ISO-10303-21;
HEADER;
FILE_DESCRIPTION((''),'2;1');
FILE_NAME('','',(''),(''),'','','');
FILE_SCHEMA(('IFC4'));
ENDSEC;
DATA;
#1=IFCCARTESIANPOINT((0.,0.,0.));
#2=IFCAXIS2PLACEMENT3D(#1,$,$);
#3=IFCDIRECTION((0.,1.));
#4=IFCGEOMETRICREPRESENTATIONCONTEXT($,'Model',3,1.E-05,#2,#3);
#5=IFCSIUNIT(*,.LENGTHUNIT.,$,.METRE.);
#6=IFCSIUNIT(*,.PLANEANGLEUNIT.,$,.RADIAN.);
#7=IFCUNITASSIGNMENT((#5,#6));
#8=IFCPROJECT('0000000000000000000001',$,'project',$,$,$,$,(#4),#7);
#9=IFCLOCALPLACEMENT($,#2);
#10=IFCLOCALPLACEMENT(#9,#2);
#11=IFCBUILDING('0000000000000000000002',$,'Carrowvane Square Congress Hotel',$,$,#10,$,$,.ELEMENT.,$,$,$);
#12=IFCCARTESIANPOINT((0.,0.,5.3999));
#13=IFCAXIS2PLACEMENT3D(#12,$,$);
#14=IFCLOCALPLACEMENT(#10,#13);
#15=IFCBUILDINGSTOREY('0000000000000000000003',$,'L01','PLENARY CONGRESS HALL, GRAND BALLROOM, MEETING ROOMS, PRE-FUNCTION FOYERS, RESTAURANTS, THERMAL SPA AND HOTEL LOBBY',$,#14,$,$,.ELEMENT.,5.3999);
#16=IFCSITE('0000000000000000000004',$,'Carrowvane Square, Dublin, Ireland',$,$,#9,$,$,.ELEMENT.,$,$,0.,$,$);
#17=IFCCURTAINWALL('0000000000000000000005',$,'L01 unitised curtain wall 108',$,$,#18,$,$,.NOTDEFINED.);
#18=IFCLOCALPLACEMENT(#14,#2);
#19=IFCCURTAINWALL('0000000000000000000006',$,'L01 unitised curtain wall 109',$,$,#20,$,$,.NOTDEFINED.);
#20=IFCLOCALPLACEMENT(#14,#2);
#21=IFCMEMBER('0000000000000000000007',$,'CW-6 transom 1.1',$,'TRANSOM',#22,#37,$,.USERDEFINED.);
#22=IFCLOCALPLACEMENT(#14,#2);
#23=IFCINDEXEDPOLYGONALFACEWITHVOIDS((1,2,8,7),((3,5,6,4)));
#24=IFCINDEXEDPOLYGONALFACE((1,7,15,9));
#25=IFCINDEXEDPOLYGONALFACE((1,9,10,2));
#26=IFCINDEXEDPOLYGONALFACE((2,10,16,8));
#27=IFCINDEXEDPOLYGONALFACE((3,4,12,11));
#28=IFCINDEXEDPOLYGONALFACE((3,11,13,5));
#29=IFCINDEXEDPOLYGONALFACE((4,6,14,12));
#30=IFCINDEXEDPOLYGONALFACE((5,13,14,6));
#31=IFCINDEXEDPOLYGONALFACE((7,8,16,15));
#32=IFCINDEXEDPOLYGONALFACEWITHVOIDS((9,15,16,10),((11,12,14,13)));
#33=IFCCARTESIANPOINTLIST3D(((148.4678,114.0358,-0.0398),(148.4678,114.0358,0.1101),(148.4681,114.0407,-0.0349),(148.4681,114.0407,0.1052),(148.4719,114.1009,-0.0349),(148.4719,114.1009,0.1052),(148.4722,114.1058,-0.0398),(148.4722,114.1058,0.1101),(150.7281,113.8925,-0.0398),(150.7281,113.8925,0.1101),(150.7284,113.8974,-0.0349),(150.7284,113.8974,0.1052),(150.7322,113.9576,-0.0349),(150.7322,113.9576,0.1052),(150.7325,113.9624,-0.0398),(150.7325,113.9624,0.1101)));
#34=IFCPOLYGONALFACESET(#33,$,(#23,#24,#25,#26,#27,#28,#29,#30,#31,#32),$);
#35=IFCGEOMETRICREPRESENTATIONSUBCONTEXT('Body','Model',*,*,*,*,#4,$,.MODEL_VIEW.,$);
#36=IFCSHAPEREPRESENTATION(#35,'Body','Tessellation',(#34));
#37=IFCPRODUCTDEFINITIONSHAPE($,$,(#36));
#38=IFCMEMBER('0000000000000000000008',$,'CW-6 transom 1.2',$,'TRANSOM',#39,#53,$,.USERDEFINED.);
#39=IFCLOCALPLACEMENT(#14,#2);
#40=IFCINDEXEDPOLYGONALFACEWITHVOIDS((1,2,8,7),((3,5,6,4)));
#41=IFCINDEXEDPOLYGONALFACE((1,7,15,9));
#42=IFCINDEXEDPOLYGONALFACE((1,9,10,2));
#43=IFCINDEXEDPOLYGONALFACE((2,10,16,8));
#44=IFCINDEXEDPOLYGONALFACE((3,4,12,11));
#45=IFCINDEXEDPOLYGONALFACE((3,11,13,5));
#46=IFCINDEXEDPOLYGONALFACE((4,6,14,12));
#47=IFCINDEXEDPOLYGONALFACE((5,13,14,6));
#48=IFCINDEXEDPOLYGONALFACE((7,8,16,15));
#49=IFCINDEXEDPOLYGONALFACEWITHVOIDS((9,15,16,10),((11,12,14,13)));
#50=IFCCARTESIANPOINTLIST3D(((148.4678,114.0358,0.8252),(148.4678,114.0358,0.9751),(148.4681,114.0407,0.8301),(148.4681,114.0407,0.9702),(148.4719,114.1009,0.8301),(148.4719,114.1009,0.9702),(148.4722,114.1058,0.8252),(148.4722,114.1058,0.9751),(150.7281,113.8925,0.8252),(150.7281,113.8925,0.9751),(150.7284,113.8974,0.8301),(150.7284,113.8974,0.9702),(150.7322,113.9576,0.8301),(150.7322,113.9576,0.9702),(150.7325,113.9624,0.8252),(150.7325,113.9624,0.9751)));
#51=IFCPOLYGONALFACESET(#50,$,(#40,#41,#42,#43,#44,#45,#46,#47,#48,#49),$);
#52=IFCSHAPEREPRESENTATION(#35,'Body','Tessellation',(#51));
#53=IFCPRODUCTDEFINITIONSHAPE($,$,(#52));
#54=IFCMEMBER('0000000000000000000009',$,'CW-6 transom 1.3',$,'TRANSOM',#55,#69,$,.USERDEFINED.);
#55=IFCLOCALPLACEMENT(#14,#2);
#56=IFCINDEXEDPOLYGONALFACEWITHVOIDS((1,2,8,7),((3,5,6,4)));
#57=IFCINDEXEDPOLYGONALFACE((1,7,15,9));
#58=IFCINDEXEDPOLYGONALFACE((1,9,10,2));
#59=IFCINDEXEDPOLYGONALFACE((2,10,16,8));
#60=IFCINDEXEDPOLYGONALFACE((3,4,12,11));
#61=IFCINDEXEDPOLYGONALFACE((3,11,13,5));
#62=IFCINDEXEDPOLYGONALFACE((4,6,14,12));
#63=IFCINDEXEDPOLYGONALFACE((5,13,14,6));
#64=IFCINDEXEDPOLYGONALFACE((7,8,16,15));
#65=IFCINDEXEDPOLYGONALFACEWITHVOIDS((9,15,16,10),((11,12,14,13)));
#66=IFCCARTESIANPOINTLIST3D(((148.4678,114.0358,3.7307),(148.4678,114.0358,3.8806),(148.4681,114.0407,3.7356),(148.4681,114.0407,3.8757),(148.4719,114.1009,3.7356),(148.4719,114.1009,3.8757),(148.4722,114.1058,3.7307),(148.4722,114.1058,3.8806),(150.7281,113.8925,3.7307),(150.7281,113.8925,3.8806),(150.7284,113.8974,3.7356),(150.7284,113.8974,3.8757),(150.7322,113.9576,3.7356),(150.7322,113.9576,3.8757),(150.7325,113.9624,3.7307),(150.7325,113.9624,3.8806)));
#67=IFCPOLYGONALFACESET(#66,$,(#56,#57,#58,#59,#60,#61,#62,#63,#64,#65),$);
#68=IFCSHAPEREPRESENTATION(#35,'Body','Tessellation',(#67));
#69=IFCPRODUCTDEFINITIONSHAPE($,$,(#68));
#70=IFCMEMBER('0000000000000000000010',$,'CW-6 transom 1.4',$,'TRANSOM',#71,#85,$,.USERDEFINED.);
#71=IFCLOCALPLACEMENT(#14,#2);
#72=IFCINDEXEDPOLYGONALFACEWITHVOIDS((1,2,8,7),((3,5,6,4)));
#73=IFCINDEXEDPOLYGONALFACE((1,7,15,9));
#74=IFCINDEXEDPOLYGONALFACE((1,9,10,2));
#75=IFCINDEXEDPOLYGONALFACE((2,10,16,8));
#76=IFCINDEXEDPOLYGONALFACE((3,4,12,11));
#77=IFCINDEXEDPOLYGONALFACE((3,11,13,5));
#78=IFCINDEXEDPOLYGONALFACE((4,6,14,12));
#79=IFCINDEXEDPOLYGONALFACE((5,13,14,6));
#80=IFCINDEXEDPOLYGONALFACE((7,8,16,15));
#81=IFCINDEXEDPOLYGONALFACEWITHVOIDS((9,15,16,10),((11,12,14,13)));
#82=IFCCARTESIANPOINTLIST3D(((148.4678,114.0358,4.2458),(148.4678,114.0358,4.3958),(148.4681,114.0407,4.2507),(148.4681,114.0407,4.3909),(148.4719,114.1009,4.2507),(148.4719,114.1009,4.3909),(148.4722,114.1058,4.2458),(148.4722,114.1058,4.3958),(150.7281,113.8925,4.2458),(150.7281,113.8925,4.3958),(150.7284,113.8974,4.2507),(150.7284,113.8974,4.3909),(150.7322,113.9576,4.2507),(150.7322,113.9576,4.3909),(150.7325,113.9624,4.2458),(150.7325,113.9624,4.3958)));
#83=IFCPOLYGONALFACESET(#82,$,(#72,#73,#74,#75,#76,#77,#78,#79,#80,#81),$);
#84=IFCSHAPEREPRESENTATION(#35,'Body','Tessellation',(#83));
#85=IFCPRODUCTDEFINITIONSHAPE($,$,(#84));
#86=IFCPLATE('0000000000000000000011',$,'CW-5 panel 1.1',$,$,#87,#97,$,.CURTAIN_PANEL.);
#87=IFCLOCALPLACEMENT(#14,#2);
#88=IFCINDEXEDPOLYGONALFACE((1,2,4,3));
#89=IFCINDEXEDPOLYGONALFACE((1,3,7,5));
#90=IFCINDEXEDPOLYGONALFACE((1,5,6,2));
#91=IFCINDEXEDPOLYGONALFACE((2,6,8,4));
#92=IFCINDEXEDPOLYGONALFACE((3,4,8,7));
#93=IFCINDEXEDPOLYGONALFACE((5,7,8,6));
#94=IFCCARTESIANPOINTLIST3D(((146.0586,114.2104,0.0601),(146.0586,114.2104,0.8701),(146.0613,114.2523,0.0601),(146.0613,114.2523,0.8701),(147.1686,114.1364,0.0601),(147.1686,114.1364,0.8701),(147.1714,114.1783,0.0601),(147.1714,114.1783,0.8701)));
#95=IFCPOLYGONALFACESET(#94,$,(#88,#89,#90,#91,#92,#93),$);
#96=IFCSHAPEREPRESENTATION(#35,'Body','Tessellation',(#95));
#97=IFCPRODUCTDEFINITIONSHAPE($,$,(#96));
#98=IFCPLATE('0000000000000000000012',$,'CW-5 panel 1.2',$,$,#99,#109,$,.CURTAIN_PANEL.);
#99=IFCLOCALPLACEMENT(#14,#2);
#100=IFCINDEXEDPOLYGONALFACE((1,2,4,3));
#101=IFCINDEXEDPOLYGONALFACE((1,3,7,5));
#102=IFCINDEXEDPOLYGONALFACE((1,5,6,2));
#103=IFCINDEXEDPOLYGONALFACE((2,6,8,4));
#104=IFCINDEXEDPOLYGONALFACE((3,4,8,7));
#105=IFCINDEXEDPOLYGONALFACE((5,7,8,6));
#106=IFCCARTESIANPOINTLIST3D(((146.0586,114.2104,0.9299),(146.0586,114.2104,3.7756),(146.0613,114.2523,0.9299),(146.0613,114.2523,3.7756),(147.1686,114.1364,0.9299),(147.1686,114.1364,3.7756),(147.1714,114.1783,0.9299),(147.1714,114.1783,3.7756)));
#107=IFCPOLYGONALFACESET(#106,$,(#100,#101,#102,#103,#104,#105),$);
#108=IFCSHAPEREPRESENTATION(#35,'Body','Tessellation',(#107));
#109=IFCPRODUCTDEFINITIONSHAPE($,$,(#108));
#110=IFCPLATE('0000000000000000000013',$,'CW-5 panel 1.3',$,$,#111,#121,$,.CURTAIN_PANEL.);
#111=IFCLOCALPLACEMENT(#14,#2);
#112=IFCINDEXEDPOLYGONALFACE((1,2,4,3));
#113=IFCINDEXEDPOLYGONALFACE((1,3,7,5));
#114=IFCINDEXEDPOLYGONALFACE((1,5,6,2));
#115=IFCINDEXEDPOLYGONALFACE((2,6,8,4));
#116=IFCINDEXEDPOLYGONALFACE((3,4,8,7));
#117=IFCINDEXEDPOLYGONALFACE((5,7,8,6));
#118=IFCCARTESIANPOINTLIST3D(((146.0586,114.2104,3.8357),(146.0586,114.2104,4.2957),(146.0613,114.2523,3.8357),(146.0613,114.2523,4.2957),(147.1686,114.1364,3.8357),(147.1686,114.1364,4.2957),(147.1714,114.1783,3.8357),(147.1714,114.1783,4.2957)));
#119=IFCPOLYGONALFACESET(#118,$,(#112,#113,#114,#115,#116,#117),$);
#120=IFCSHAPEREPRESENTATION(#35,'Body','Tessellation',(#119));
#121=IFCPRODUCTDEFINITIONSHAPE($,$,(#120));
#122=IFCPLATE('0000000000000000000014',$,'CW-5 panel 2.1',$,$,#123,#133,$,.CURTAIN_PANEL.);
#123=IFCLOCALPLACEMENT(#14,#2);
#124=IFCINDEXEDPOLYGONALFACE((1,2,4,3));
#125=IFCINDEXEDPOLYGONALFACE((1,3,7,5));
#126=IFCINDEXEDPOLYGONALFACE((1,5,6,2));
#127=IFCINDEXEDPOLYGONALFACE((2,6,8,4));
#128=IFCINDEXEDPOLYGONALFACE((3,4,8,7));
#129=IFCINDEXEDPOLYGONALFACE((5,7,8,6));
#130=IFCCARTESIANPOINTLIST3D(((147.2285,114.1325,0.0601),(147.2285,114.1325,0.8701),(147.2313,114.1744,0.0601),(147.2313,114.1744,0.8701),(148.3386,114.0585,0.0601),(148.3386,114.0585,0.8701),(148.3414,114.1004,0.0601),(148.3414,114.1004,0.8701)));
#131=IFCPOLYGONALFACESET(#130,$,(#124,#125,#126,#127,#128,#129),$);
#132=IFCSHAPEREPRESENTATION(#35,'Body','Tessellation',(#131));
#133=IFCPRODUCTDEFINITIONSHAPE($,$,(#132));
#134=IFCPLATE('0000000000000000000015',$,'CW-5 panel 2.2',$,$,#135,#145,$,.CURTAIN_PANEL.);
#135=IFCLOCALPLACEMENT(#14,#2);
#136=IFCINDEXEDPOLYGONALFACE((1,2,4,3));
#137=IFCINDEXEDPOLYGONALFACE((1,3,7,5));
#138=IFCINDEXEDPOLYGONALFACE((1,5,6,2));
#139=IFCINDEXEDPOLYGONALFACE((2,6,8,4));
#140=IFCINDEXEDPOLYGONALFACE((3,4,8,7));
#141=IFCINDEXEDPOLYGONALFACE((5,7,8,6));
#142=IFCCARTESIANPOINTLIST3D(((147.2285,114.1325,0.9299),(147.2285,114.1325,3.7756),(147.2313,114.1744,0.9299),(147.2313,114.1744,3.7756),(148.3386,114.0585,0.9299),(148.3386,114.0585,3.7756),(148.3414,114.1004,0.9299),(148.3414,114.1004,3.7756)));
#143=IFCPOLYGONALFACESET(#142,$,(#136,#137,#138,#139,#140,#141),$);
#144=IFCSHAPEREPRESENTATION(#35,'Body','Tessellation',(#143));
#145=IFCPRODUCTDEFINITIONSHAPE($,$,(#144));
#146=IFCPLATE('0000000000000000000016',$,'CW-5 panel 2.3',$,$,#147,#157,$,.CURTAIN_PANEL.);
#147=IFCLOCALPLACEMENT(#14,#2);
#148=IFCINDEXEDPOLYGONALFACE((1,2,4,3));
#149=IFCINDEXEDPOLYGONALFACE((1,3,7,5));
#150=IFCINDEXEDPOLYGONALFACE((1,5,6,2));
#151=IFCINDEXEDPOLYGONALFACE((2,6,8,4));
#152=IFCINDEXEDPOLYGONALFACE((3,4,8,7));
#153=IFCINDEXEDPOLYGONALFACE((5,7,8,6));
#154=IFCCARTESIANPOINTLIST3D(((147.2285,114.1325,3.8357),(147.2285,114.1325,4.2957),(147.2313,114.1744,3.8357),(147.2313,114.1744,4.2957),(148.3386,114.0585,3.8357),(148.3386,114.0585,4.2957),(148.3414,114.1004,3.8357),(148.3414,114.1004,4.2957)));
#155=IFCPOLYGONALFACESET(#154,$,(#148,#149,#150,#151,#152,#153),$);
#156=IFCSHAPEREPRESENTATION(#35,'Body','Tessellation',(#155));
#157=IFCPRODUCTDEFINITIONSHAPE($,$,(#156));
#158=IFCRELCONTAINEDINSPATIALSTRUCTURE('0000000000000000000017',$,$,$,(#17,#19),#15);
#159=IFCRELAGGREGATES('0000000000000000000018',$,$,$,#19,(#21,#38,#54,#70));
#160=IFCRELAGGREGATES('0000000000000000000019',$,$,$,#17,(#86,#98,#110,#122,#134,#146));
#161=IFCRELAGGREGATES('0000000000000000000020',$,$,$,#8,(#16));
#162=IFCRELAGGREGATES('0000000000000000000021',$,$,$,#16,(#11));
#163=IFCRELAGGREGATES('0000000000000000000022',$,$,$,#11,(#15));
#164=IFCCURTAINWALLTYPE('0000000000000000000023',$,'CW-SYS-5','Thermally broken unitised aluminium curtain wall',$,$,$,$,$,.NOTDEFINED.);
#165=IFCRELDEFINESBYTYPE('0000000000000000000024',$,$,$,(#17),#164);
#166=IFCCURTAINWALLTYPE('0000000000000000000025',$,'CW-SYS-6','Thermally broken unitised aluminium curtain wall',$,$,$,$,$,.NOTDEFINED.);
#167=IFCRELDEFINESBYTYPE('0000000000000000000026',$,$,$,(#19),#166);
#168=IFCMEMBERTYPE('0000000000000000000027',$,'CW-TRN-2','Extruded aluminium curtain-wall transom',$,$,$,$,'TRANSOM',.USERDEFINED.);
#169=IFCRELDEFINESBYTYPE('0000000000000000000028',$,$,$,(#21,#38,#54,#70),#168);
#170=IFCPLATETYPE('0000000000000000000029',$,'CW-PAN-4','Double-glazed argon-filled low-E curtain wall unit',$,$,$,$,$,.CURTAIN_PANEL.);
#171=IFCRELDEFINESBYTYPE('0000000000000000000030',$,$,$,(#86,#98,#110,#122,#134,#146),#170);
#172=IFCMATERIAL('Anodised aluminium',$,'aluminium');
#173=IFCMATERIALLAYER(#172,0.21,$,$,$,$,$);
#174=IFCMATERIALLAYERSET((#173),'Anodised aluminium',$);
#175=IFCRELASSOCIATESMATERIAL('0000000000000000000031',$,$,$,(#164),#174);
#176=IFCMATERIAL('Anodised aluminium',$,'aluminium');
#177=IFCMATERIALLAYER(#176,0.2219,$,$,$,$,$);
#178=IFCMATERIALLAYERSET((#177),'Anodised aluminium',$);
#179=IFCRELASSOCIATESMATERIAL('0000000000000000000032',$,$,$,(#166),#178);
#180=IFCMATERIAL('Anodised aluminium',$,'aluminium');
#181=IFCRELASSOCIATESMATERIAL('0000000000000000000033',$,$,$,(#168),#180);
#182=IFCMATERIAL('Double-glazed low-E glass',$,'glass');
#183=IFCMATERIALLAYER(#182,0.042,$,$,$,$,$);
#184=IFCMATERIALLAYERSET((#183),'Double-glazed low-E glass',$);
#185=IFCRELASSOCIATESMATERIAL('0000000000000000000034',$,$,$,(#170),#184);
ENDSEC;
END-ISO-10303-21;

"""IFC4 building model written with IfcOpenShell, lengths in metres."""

from ifc_helpers import new_model, si_unit, direction, frame, origin, origin_2d, place, context, subcontext, project, spatial, rectangle, hollow_rectangle, extrude, material, layer, layer_set, material_profile, profile_set, type_object, element, aggregate, save


model = new_model("IFC4")

# Units and contexts
model_context = context("Model", 3, precision=1e-05, world=origin(), true_north=direction((0.0, 1.0)))
body_context = subcontext(model_context, "Body", "Model", "MODEL_VIEW")
ifc_project = project(units=[si_unit("LENGTHUNIT", "METRE"), si_unit("PLANEANGLEUNIT", "RADIAN")], contexts=[model_context])

# Site, building, storey
site_placement = place(None, origin())
site = spatial("IfcSite", under=ifc_project, at=site_placement, Name="Carrowvane Square, Dublin, Ireland", CompositionType="ELEMENT", RefElevation=0.0)
building_placement = place(site_placement, origin())
building = spatial("IfcBuilding", under=site, at=building_placement, Name="Carrowvane Square Congress Hotel", CompositionType="ELEMENT")
storey_placement = place(building_placement, frame((0.0, 0.0, 5.3999)))
storey = spatial("IfcBuildingStorey", under=building, at=storey_placement, Name="L01", Description="PLENARY CONGRESS HALL, GRAND BALLROOM, MEETING ROOMS, PRE-FUNCTION FOYERS, RESTAURANTS, THERMAL SPA AND HOTEL LOBBY", CompositionType="ELEMENT", Elevation=5.3999)

# Curtain wall
ifc_material_1 = material(Name="Anodised aluminium", Category="aluminium")
ifc_layer_1 = layer(ifc_material_1, 0.21)
ifc_layer_set_1 = layer_set([ifc_layer_1], Name="Anodised aluminium")
curtain_wall_type_1 = type_object("IfcCurtainWallType", Name="CW-SYS-5", Description="Thermally broken unitised aluminium curtain wall", PredefinedType="NOTDEFINED", material=ifc_layer_set_1)
curtain_wall_1_placement = place(storey_placement, origin())
curtain_wall_1 = element("IfcCurtainWall", 1, at=curtain_wall_1_placement, inside=storey, type_object=curtain_wall_type_1, Name="L01 unitised curtain wall 108", PredefinedType="NOTDEFINED")

# Curtain wall
ifc_material_2 = material(Name="Anodised aluminium", Category="aluminium")
ifc_layer_2 = layer(ifc_material_2, 0.2219)
ifc_layer_set_2 = layer_set([ifc_layer_2], Name="Anodised aluminium")
curtain_wall_type_2 = type_object("IfcCurtainWallType", Name="CW-SYS-6", Description="Thermally broken unitised aluminium curtain wall", PredefinedType="NOTDEFINED", material=ifc_layer_set_2)
curtain_wall_2_placement = place(storey_placement, origin())
curtain_wall_2 = element("IfcCurtainWall", 2, at=curtain_wall_2_placement, inside=storey, type_object=curtain_wall_type_2, Name="L01 unitised curtain wall 109", PredefinedType="NOTDEFINED")

# Members
ifc_material_3 = material(Name="Anodised aluminium", Category="aluminium")
ifc_material_profile_1 = material_profile(ifc_material_3, hollow_rectangle(XDim=0.0701, YDim=0.1499, WallThickness=0.0049, at=origin_2d()), Name="CW-TR 70x150x5")
ifc_profile_set_1 = profile_set([ifc_material_profile_1], Name="Anodised aluminium")
member_type_1 = type_object("IfcMemberType", Name="CW-TRN-2", Description="Extruded aluminium curtain-wall transom", ElementType="TRANSOM", PredefinedType="USERDEFINED", material=ifc_profile_set_1)
member_1_placement = place(storey_placement, frame((148.47, 114.0708, 0.0352), z_axis=(0.997996, -0.063278, 0.0), x_axis=(0.063278, 0.997996, 0.0)))
member_1 = element("IfcMember", 3, at=member_1_placement, type_object=member_type_1, Name="CW-6 transom 1.1", ObjectType="TRANSOM", PredefinedType="USERDEFINED", context=body_context, shape_type="SweptSolid", body=[
    extrude(hollow_rectangle(XDim=0.0701, YDim=0.1499, WallThickness=0.0049, at=origin_2d()), origin(), (0.0, 0.0, 1.0), 2.2649),
])
member_2_placement = place(storey_placement, frame((148.47, 114.0708, 0.9001), z_axis=(0.997996, -0.063278, 0.0), x_axis=(0.063278, 0.997996, 0.0)))
member_2 = element("IfcMember", 4, at=member_2_placement, type_object=member_type_1, Name="CW-6 transom 1.2", ObjectType="TRANSOM", PredefinedType="USERDEFINED", context=body_context, shape_type="SweptSolid", body=[
    extrude(hollow_rectangle(XDim=0.0701, YDim=0.1499, WallThickness=0.0049, at=origin_2d()), origin(), (0.0, 0.0, 1.0), 2.2649),
])
member_3_placement = place(storey_placement, frame((148.47, 114.0708, 3.8057), z_axis=(0.997996, -0.063278, 0.0), x_axis=(0.063278, 0.997996, 0.0)))
member_3 = element("IfcMember", 5, at=member_3_placement, type_object=member_type_1, Name="CW-6 transom 1.3", ObjectType="TRANSOM", PredefinedType="USERDEFINED", context=body_context, shape_type="SweptSolid", body=[
    extrude(hollow_rectangle(XDim=0.0701, YDim=0.1499, WallThickness=0.0049, at=origin_2d()), origin(), (0.0, 0.0, 1.0), 2.2649),
])
member_4_placement = place(storey_placement, frame((148.47, 114.0708, 4.3208), z_axis=(0.997996, -0.063278, 0.0), x_axis=(0.063278, 0.997996, 0.0)))
member_4 = element("IfcMember", 6, at=member_4_placement, type_object=member_type_1, Name="CW-6 transom 1.4", ObjectType="TRANSOM", PredefinedType="USERDEFINED", context=body_context, shape_type="SweptSolid", body=[
    extrude(hollow_rectangle(XDim=0.0701, YDim=0.1499, WallThickness=0.0049, at=origin_2d()), origin(), (0.0, 0.0, 1.0), 2.2649),
])
aggregate(curtain_wall_2, [member_1, member_2, member_3, member_4])

# Plates
ifc_material_4 = material(Name="Double-glazed low-E glass", Category="glass")
ifc_layer_3 = layer(ifc_material_4, 0.042)
ifc_layer_set_3 = layer_set([ifc_layer_3], Name="Double-glazed low-E glass")
plate_type = type_object("IfcPlateType", Name="CW-PAN-4", Description="Double-glazed argon-filled low-E curtain wall unit", PredefinedType="CURTAIN_PANEL", material=ifc_layer_set_3)
plate_1_placement = place(storey_placement, frame((146.615, 114.1943, 0.0601), z_axis=(0.0, 0.0, 1.0), x_axis=(0.997781, -0.066574, 0.0)))
plate_1 = element("IfcPlate", 7, at=plate_1_placement, type_object=plate_type, Name="CW-5 panel 1.1", PredefinedType="CURTAIN_PANEL", context=body_context, shape_type="SweptSolid", body=[
    extrude(rectangle(XDim=1.1125, YDim=0.042, at=origin_2d()), origin(), (0.0, 0.0, 1.0), 0.8101),
])
plate_2_placement = place(storey_placement, frame((146.615, 114.1943, 0.9299), z_axis=(0.0, 0.0, 1.0), x_axis=(0.997781, -0.066574, 0.0)))
plate_2 = element("IfcPlate", 8, at=plate_2_placement, type_object=plate_type, Name="CW-5 panel 1.2", PredefinedType="CURTAIN_PANEL", context=body_context, shape_type="SweptSolid", body=[
    extrude(rectangle(XDim=1.1125, YDim=0.042, at=origin_2d()), origin(), (0.0, 0.0, 1.0), 2.8457),
])
plate_3_placement = place(storey_placement, frame((146.615, 114.1943, 3.8357), z_axis=(0.0, 0.0, 1.0), x_axis=(0.997781, -0.066574, 0.0)))
plate_3 = element("IfcPlate", 9, at=plate_3_placement, type_object=plate_type, Name="CW-5 panel 1.3", PredefinedType="CURTAIN_PANEL", context=body_context, shape_type="SweptSolid", body=[
    extrude(rectangle(XDim=1.1125, YDim=0.042, at=origin_2d()), origin(), (0.0, 0.0, 1.0), 0.46),
])
plate_4_placement = place(storey_placement, frame((147.7849, 114.1165, 0.0601), z_axis=(0.0, 0.0, 1.0), x_axis=(0.997781, -0.066574, 0.0)))
plate_4 = element("IfcPlate", 10, at=plate_4_placement, type_object=plate_type, Name="CW-5 panel 2.1", PredefinedType="CURTAIN_PANEL", context=body_context, shape_type="SweptSolid", body=[
    extrude(rectangle(XDim=1.1125, YDim=0.042, at=origin_2d()), origin(), (0.0, 0.0, 1.0), 0.8101),
])
plate_5_placement = place(storey_placement, frame((147.7849, 114.1165, 0.9299), z_axis=(0.0, 0.0, 1.0), x_axis=(0.997781, -0.066574, 0.0)))
plate_5 = element("IfcPlate", 11, at=plate_5_placement, type_object=plate_type, Name="CW-5 panel 2.2", PredefinedType="CURTAIN_PANEL", context=body_context, shape_type="SweptSolid", body=[
    extrude(rectangle(XDim=1.1125, YDim=0.042, at=origin_2d()), origin(), (0.0, 0.0, 1.0), 2.8457),
])
plate_6_placement = place(storey_placement, frame((147.7849, 114.1165, 3.8357), z_axis=(0.0, 0.0, 1.0), x_axis=(0.997781, -0.066574, 0.0)))
plate_6 = element("IfcPlate", 12, at=plate_6_placement, type_object=plate_type, Name="CW-5 panel 2.3", PredefinedType="CURTAIN_PANEL", context=body_context, shape_type="SweptSolid", body=[
    extrude(rectangle(XDim=1.1125, YDim=0.042, at=origin_2d()), origin(), (0.0, 0.0, 1.0), 0.46),
])
aggregate(curtain_wall_1, [plate_1, plate_2, plate_3, plate_4, plate_5, plate_6])

save(model, "model.ifc")
